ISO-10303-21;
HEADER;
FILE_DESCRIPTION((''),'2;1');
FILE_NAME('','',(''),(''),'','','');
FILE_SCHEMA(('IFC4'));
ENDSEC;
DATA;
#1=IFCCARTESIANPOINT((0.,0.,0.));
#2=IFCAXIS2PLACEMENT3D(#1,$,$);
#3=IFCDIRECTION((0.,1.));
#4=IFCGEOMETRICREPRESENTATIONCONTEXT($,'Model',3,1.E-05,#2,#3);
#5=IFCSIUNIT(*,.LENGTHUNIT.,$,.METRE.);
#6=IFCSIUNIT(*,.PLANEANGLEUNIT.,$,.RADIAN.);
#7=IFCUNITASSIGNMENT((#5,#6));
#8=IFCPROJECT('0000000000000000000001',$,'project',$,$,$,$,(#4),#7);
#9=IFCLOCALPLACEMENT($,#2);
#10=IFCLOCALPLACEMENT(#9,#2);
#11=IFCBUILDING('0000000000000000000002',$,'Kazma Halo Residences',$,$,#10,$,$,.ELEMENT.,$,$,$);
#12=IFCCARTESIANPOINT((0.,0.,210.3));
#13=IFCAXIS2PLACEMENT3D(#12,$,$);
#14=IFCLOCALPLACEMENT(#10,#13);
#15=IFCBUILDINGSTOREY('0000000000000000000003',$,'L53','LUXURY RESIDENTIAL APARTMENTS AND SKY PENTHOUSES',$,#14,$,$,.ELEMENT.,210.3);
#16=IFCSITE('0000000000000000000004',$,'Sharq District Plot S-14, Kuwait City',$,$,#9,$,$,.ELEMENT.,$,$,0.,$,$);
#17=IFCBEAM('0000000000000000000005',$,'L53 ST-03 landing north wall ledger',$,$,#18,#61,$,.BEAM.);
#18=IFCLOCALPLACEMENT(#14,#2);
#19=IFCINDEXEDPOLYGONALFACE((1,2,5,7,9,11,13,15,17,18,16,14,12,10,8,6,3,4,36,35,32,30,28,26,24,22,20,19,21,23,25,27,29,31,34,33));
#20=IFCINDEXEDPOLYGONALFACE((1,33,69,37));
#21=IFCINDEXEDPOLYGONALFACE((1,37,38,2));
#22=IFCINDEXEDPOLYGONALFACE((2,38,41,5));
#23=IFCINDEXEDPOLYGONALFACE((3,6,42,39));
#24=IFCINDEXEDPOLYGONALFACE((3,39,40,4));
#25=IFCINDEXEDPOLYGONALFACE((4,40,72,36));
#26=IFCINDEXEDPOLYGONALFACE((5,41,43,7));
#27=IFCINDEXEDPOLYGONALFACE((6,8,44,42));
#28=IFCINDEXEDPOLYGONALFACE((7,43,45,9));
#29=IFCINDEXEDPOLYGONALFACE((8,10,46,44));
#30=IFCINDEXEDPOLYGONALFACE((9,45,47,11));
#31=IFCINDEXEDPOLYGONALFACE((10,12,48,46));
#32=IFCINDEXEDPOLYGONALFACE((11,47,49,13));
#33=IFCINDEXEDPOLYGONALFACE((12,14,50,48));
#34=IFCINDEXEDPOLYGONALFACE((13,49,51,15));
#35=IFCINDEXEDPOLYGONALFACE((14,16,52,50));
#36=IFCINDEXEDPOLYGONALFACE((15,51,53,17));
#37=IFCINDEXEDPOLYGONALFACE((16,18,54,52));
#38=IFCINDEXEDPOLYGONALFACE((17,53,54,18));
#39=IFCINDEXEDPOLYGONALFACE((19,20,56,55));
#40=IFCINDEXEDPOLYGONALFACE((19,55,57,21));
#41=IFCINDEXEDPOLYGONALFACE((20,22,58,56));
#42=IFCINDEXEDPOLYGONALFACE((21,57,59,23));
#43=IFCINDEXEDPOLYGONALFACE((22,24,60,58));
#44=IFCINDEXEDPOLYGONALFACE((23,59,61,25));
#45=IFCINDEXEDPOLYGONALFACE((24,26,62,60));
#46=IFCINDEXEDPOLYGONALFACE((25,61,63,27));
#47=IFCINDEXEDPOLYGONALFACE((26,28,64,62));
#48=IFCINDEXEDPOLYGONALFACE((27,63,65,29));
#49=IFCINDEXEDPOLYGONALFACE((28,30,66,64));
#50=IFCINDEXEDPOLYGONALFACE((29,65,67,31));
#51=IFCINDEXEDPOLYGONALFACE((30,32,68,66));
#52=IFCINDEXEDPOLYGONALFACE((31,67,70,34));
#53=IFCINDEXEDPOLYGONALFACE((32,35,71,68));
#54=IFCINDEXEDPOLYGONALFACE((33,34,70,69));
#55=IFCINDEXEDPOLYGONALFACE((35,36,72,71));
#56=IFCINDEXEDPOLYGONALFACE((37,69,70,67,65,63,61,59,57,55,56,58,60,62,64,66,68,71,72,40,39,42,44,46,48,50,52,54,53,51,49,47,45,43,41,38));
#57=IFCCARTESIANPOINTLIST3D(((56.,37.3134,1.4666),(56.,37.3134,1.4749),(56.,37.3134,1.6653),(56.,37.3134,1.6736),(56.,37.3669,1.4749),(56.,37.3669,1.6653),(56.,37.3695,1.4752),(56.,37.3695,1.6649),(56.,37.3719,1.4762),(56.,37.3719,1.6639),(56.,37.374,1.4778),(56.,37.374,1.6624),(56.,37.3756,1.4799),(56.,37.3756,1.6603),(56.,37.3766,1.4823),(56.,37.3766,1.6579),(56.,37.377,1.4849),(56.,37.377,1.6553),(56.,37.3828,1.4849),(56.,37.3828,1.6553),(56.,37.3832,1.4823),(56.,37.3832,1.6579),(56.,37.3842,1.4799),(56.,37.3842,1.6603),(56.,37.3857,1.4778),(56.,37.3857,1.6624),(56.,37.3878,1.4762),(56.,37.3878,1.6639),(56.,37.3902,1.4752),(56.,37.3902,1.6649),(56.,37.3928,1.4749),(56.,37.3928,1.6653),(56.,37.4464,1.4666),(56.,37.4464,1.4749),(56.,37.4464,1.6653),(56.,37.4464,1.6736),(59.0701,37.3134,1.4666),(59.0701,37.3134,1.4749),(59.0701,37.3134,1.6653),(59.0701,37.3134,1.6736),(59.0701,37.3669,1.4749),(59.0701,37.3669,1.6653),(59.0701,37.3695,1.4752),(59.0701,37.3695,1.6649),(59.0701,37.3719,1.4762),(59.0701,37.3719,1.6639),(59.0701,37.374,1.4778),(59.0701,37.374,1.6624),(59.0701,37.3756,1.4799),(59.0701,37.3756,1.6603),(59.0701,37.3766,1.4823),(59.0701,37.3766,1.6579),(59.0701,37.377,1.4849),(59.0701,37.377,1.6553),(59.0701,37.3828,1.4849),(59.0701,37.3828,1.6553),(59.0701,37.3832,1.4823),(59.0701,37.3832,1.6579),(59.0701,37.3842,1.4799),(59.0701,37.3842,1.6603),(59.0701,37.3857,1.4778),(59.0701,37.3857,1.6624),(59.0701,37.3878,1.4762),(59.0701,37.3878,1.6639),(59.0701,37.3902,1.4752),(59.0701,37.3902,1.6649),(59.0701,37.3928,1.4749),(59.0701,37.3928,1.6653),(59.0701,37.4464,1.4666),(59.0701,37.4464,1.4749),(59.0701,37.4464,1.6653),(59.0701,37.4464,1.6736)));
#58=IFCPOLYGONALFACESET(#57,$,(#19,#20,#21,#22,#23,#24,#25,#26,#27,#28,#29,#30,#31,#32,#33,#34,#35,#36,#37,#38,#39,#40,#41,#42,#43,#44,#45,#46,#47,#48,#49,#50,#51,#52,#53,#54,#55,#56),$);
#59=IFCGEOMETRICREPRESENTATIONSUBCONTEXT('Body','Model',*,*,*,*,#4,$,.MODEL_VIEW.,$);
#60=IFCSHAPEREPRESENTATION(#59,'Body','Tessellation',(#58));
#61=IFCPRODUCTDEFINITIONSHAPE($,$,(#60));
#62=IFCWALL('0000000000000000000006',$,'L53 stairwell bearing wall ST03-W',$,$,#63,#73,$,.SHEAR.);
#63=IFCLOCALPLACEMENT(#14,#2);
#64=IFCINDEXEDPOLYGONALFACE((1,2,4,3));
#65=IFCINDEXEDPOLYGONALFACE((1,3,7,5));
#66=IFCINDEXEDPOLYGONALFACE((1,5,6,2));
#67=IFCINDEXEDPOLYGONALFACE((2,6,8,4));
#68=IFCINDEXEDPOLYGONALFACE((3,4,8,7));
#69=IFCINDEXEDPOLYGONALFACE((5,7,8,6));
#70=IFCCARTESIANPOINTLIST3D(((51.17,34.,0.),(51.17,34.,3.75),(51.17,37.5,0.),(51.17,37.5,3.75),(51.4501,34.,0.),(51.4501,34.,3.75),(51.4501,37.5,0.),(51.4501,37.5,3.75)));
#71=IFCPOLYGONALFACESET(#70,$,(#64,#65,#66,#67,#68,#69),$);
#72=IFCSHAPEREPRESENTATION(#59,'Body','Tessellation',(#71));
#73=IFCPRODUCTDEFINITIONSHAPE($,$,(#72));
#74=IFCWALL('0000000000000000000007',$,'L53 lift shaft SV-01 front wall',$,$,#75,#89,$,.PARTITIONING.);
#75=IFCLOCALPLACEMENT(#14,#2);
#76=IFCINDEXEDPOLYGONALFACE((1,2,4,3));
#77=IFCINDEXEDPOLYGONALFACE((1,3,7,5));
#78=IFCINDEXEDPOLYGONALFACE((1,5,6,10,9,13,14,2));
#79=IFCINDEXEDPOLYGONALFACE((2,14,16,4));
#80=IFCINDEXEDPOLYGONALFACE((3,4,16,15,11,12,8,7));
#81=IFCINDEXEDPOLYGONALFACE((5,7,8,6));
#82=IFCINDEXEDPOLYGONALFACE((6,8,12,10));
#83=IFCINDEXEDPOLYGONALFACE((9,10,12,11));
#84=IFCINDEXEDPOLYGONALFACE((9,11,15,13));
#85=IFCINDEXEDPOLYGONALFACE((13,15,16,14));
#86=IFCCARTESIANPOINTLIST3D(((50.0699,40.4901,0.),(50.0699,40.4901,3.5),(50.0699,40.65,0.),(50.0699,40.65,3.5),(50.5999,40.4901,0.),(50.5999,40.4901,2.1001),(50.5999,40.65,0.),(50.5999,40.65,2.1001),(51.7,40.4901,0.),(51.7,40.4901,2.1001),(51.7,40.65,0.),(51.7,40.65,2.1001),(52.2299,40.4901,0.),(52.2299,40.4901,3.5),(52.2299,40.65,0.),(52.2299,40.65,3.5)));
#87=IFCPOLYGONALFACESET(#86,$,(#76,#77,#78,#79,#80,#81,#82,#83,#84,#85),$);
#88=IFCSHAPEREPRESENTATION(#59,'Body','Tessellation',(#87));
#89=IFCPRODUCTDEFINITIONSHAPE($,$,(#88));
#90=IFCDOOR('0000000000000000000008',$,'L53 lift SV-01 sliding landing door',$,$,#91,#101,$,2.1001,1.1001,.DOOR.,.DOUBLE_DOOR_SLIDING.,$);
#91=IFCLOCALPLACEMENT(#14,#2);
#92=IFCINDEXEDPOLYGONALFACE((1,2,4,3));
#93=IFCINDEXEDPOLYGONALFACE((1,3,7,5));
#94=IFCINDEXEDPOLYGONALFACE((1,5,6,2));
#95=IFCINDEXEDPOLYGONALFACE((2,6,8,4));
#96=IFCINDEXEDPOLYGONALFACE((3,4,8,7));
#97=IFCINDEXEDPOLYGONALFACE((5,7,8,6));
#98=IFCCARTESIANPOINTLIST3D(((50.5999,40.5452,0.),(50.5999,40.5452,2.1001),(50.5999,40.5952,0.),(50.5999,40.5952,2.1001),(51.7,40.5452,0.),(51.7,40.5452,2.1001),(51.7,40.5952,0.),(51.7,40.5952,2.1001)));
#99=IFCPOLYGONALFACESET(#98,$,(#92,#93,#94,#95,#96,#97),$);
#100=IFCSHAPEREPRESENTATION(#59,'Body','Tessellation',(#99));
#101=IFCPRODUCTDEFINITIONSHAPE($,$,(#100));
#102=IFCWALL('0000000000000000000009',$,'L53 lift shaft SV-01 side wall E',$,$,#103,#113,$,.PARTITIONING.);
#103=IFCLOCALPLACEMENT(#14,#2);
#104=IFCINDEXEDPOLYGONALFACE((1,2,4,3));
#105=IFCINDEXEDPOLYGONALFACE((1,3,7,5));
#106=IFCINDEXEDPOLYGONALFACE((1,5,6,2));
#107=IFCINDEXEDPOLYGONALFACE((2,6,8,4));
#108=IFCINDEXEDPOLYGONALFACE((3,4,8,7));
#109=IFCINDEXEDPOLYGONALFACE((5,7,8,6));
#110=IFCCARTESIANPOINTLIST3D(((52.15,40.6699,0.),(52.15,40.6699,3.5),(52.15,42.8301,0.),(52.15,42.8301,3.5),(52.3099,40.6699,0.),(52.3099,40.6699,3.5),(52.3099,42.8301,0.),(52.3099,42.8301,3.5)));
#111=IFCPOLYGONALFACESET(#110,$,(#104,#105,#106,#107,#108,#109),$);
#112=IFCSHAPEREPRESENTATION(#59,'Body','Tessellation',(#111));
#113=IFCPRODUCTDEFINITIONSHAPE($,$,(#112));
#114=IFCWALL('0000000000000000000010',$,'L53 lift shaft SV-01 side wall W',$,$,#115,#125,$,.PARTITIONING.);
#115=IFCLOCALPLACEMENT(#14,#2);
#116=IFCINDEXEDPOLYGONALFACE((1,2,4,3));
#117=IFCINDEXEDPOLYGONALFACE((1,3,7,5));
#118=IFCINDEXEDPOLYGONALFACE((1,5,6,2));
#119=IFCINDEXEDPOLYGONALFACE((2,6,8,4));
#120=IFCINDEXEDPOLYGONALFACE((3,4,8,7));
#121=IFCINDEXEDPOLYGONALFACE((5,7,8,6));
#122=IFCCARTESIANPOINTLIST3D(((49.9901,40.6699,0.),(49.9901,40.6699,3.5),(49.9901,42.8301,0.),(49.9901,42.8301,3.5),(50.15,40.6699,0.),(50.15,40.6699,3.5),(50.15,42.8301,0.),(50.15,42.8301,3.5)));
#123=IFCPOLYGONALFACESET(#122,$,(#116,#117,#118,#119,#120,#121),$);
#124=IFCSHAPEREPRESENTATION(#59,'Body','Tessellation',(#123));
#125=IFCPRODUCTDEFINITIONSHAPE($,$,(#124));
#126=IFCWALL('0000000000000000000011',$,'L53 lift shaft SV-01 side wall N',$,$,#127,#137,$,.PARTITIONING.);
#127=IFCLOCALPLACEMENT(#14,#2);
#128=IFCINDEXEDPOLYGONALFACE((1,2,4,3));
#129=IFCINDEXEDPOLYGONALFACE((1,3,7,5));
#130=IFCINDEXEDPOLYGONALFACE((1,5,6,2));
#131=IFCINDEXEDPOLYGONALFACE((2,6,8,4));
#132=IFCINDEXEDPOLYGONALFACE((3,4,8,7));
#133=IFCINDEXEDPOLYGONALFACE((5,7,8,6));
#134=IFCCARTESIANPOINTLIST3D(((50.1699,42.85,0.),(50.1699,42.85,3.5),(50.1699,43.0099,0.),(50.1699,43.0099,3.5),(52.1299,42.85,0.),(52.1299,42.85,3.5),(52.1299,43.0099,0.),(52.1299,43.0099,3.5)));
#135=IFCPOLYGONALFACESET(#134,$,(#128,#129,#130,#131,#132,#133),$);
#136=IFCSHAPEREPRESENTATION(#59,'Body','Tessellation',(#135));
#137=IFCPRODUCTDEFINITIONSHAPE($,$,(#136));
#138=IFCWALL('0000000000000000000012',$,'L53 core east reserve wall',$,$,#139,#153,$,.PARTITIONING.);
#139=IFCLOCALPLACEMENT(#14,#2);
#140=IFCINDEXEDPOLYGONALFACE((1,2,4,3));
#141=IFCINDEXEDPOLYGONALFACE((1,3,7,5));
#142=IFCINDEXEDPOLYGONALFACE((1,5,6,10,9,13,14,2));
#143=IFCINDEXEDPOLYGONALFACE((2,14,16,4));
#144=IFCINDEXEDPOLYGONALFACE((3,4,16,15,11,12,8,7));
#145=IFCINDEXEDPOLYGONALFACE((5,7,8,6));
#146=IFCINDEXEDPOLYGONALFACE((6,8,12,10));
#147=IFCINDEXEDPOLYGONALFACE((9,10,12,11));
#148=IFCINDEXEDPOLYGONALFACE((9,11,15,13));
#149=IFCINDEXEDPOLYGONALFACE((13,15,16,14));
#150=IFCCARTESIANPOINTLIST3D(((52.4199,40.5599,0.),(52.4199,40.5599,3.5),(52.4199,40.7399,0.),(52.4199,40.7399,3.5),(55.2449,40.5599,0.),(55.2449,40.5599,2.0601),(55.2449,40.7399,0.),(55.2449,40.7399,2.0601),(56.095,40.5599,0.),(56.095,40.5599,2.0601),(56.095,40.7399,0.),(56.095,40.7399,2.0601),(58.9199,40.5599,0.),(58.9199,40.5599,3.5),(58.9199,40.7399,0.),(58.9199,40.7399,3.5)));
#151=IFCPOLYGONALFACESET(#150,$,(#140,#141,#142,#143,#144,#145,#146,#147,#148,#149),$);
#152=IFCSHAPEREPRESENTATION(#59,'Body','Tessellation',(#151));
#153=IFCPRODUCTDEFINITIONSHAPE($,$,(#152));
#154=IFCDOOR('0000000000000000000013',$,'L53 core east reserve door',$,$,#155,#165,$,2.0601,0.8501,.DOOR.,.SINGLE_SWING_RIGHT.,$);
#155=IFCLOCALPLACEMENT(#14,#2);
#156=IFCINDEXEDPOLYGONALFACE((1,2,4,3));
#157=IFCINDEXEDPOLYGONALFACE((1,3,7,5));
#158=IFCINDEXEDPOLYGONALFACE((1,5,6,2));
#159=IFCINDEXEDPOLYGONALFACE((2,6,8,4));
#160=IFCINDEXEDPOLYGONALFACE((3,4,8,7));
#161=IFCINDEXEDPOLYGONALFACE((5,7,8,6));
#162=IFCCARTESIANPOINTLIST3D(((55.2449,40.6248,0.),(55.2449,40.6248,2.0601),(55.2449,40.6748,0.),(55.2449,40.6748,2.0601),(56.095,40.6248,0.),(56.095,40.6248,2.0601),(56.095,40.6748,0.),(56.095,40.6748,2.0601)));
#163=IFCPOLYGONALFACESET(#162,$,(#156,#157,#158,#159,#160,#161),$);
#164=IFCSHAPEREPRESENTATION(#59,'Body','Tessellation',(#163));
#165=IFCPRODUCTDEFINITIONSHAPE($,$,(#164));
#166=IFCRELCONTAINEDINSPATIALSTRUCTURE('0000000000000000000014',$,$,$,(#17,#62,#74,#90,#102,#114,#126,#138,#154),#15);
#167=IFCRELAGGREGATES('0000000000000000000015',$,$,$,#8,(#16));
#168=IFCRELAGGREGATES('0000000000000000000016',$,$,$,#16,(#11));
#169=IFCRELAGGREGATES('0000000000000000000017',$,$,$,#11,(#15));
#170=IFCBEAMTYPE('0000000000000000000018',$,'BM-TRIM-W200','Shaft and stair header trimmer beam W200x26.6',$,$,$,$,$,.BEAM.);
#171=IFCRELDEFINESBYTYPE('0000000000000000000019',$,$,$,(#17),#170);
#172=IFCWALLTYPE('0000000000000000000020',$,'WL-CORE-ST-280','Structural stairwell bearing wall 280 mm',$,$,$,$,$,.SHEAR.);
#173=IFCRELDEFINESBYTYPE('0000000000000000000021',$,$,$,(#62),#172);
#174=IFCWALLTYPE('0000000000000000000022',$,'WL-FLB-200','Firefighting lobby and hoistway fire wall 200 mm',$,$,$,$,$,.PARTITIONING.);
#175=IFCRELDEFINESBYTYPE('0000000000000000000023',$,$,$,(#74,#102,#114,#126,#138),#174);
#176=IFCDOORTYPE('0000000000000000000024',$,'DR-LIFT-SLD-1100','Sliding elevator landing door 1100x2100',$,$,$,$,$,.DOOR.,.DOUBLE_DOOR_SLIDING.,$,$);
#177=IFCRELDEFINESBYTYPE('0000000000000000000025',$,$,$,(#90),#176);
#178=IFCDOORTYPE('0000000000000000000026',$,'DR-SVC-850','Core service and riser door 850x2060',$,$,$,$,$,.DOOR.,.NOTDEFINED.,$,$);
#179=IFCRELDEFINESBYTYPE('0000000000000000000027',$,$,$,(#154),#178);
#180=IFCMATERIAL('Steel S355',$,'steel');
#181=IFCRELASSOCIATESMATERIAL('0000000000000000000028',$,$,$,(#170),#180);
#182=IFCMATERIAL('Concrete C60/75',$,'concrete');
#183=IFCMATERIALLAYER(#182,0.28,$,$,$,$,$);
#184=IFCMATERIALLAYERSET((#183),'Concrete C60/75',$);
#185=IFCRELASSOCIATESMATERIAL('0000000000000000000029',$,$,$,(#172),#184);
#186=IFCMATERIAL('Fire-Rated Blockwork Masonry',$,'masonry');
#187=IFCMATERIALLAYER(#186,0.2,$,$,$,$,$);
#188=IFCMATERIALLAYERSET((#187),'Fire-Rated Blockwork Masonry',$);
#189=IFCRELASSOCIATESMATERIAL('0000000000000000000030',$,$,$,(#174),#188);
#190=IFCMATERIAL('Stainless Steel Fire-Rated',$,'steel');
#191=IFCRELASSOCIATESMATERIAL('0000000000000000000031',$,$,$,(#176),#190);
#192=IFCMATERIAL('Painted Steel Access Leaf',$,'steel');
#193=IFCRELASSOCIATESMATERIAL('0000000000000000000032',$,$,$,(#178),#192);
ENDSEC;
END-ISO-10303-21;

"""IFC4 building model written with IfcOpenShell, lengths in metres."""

from ifc_helpers import new_model, si_unit, direction, frame, frame_2d, origin, origin_2d, place, context, subcontext, project, spatial, rectangle, i_section, extrude, material, layer, layer_set, material_profile, profile_set, type_object, element, fill, save


model = new_model("IFC4")

# Units and contexts
model_context = context("Model", 3, precision=1e-05, world=origin(), true_north=direction((0.0, 1.0)))
body_context = subcontext(model_context, "Body", "Model", "MODEL_VIEW")
ifc_project = project(units=[si_unit("LENGTHUNIT", "METRE"), si_unit("PLANEANGLEUNIT", "RADIAN")], contexts=[model_context])

# Site, building, storey
site_placement = place(None, origin())
site = spatial("IfcSite", under=ifc_project, at=site_placement, Name="Sharq District Plot S-14, Kuwait City", CompositionType="ELEMENT", RefElevation=0.0)
building_placement = place(site_placement, origin())
building = spatial("IfcBuilding", under=site, at=building_placement, Name="Kazma Halo Residences", CompositionType="ELEMENT")
storey_placement = place(building_placement, frame((0.0, 0.0, 210.3)))
storey = spatial("IfcBuildingStorey", under=building, at=storey_placement, Name="L53", Description="LUXURY RESIDENTIAL APARTMENTS AND SKY PENTHOUSES", CompositionType="ELEMENT", Elevation=210.3)

# Shared definitions
ifc_material_1 = material(Name="Steel S355", Category="steel")

# Beam
ifc_material_profile_1 = material_profile(ifc_material_1, i_section(OverallWidth=0.1331, OverallDepth=0.207, WebThickness=0.0059, FlangeThickness=0.0083, FilletRadius=0.01, at=origin_2d()), Name="W200x26.6")
ifc_profile_set_1 = profile_set([ifc_material_profile_1], Name="Steel S355")
beam_type = type_object("IfcBeamType", Name="BM-TRIM-W200", Description="Shaft and stair header trimmer beam W200x26.6", PredefinedType="BEAM", material=ifc_profile_set_1)
beam_1_placement = place(storey_placement, frame((56.0, 37.3799, 1.5701), z_axis=(1.0, 0.0, 0.0), x_axis=(0.0, 1.0, 0.0)))
element("IfcBeam", 1, at=beam_1_placement, inside=storey, type_object=beam_type, Name="L53 ST-03 landing north wall ledger", PredefinedType="BEAM", context=body_context, shape_type="SweptSolid", body=[
    extrude(i_section(OverallWidth=0.1331, OverallDepth=0.207, WebThickness=0.0059, FlangeThickness=0.0083, FilletRadius=0.01, at=origin_2d()), origin(), (0.0, 0.0, 1.0), 3.0701),
])

# Wall
ifc_material_2 = material(Name="Concrete C60/75", Category="concrete")
ifc_layer_1 = layer(ifc_material_2, 0.28)
ifc_layer_set_1 = layer_set([ifc_layer_1], Name="Concrete C60/75")
wall_type_1 = type_object("IfcWallType", Name="WL-CORE-ST-280", Description="Structural stairwell bearing wall 280 mm", PredefinedType="SHEAR", material=ifc_layer_set_1)
wall_1_placement = place(storey_placement, frame((51.3101, 34.0, 0.0), z_axis=(0.0, 0.0, 1.0), x_axis=(0.0, 1.0, 0.0)))
element("IfcWall", 2, at=wall_1_placement, inside=storey, type_object=wall_type_1, Name="L53 stairwell bearing wall ST03-W", PredefinedType="SHEAR", context=body_context, shape_type="SweptSolid", body=[
    extrude(rectangle(XDim=3.5, YDim=0.28, at=frame_2d((1.75, 0.0))), origin(), (0.0, 0.0, 1.0), 3.75),
])

# Wall, opening, door
ifc_material_3 = material(Name="Fire-Rated Blockwork Masonry", Category="masonry")
ifc_layer_2 = layer(ifc_material_3, 0.2)
ifc_layer_set_2 = layer_set([ifc_layer_2], Name="Fire-Rated Blockwork Masonry")
wall_type_2 = type_object("IfcWallType", Name="WL-FLB-200", Description="Firefighting lobby and hoistway fire wall 200 mm", PredefinedType="PARTITIONING", material=ifc_layer_set_2)
wall_2_placement = place(storey_placement, frame((52.23, 40.5701, 0.0), z_axis=(0.0, 0.0, 1.0), x_axis=(-1.0, 0.0, 0.0)))
wall_2 = element("IfcWall", 3, at=wall_2_placement, inside=storey, type_object=wall_type_2, Name="L53 lift shaft SV-01 front wall", PredefinedType="PARTITIONING", context=body_context, shape_type="SweptSolid", body=[
    extrude(rectangle(XDim=2.1599, YDim=0.1599, at=frame_2d((1.0801, 0.0))), origin(), (0.0, 0.0, 1.0), 3.5),
])
opening_1_placement = place(wall_2_placement, frame((0.53, 0.0, 0.0)))
opening_1 = element("IfcOpeningElement", 4, at=opening_1_placement, cuts=wall_2, PredefinedType="OPENING", context=body_context, shape_type="SweptSolid", body=[
    extrude(rectangle(XDim=1.1001, YDim=2.1001, at=frame_2d((0.55, 1.05))), frame((0.0, 0.0898, 0.0), z_axis=(0.0, -1.0, 0.0), x_axis=(1.0, 0.0, 0.0)), (0.0, 0.0, 1.0), 0.1799),
])
ifc_material_4 = material(Name="Stainless Steel Fire-Rated", Category="steel")
door_type_1 = type_object("IfcDoorType", Name="DR-LIFT-SLD-1100", Description="Sliding elevator landing door 1100x2100", OperationType="DOUBLE_DOOR_SLIDING", PredefinedType="DOOR", material=ifc_material_4)
door_1_placement = place(opening_1_placement, origin())
door_1 = element("IfcDoor", 5, at=door_1_placement, inside=storey, type_object=door_type_1, Name="L53 lift SV-01 sliding landing door", OperationType="DOUBLE_DOOR_SLIDING", OverallHeight=2.1001, OverallWidth=1.1001, PredefinedType="DOOR", context=body_context, shape_type="SweptSolid", body=[
    extrude(rectangle(XDim=1.1001, YDim=2.1001, at=frame_2d((0.55, 1.05))), frame((0.0, 0.0249, 0.0), z_axis=(0.0, -1.0, 0.0), x_axis=(1.0, 0.0, 0.0)), (0.0, 0.0, 1.0), 0.05),
])
fill(opening_1, door_1)

# Walls
for number, where, z_axis, x_axis, name in (
    (6, (52.23, 40.6699, 0.0), (0.0, 0.0, 1.0), (0.0, 1.0, 0.0), "L53 lift shaft SV-01 side wall E"),
    (7, (50.0701, 40.6699, 0.0), (0.0, 0.0, 1.0), (0.0, 1.0, 0.0), "L53 lift shaft SV-01 side wall W"),
):
    element("IfcWall", number, at=place(storey_placement, frame(where, z_axis=z_axis, x_axis=x_axis)), inside=storey, type_object=wall_type_2, Name=name, PredefinedType="PARTITIONING", context=body_context, shape_type="SweptSolid", body=[
        extrude(rectangle(XDim=2.1602, YDim=0.1599, at=frame_2d((1.0801, 0.0))), origin(), (0.0, 0.0, 1.0), 3.5),
    ])
wall_3_placement = place(storey_placement, frame((50.1699, 42.9299, 0.0), z_axis=(0.0, 0.0, 1.0), x_axis=(1.0, 0.0, 0.0)))
element("IfcWall", 8, at=wall_3_placement, inside=storey, type_object=wall_type_2, Name="L53 lift shaft SV-01 side wall N", PredefinedType="PARTITIONING", context=body_context, shape_type="SweptSolid", body=[
    extrude(rectangle(XDim=1.96, YDim=0.1599, at=frame_2d((0.98, 0.0))), origin(), (0.0, 0.0, 1.0), 3.5),
])

# Wall, opening, door
wall_4_placement = place(storey_placement, frame((52.4199, 40.6499, 0.0), z_axis=(0.0, 0.0, 1.0), x_axis=(1.0, 0.0, 0.0)))
wall_4 = element("IfcWall", 9, at=wall_4_placement, inside=storey, type_object=wall_type_2, Name="L53 core east reserve wall", PredefinedType="PARTITIONING", context=body_context, shape_type="SweptSolid", body=[
    extrude(rectangle(XDim=6.5, YDim=0.1799, at=frame_2d((3.25, 0.0))), origin(), (0.0, 0.0, 1.0), 3.5),
])
opening_2_placement = place(wall_4_placement, frame((2.825, 0.0, 0.0)))
opening_2 = element("IfcOpeningElement", 10, at=opening_2_placement, cuts=wall_4, PredefinedType="OPENING", context=body_context, shape_type="SweptSolid", body=[
    extrude(rectangle(XDim=0.8501, YDim=2.0601, at=frame_2d((0.425, 1.03))), frame((0.0, 0.0999, 0.0), z_axis=(0.0, -1.0, 0.0), x_axis=(1.0, 0.0, 0.0)), (0.0, 0.0, 1.0), 0.2),
])
ifc_material_5 = material(Name="Painted Steel Access Leaf", Category="steel")
door_type_2 = type_object("IfcDoorType", Name="DR-SVC-850", Description="Core service and riser door 850x2060", OperationType="NOTDEFINED", PredefinedType="DOOR", material=ifc_material_5)
door_2_placement = place(opening_2_placement, origin())
door_2 = element("IfcDoor", 11, at=door_2_placement, inside=storey, type_object=door_type_2, Name="L53 core east reserve door", OperationType="SINGLE_SWING_RIGHT", OverallHeight=2.0601, OverallWidth=0.8501, PredefinedType="DOOR", context=body_context, shape_type="SweptSolid", body=[
    extrude(rectangle(XDim=0.8501, YDim=2.0601, at=frame_2d((0.425, 1.03))), frame((0.0, 0.0249, 0.0), z_axis=(0.0, -1.0, 0.0), x_axis=(1.0, 0.0, 0.0)), (0.0, 0.0, 1.0), 0.05),
])
fill(opening_2, door_2)

save(model, "model.ifc")
